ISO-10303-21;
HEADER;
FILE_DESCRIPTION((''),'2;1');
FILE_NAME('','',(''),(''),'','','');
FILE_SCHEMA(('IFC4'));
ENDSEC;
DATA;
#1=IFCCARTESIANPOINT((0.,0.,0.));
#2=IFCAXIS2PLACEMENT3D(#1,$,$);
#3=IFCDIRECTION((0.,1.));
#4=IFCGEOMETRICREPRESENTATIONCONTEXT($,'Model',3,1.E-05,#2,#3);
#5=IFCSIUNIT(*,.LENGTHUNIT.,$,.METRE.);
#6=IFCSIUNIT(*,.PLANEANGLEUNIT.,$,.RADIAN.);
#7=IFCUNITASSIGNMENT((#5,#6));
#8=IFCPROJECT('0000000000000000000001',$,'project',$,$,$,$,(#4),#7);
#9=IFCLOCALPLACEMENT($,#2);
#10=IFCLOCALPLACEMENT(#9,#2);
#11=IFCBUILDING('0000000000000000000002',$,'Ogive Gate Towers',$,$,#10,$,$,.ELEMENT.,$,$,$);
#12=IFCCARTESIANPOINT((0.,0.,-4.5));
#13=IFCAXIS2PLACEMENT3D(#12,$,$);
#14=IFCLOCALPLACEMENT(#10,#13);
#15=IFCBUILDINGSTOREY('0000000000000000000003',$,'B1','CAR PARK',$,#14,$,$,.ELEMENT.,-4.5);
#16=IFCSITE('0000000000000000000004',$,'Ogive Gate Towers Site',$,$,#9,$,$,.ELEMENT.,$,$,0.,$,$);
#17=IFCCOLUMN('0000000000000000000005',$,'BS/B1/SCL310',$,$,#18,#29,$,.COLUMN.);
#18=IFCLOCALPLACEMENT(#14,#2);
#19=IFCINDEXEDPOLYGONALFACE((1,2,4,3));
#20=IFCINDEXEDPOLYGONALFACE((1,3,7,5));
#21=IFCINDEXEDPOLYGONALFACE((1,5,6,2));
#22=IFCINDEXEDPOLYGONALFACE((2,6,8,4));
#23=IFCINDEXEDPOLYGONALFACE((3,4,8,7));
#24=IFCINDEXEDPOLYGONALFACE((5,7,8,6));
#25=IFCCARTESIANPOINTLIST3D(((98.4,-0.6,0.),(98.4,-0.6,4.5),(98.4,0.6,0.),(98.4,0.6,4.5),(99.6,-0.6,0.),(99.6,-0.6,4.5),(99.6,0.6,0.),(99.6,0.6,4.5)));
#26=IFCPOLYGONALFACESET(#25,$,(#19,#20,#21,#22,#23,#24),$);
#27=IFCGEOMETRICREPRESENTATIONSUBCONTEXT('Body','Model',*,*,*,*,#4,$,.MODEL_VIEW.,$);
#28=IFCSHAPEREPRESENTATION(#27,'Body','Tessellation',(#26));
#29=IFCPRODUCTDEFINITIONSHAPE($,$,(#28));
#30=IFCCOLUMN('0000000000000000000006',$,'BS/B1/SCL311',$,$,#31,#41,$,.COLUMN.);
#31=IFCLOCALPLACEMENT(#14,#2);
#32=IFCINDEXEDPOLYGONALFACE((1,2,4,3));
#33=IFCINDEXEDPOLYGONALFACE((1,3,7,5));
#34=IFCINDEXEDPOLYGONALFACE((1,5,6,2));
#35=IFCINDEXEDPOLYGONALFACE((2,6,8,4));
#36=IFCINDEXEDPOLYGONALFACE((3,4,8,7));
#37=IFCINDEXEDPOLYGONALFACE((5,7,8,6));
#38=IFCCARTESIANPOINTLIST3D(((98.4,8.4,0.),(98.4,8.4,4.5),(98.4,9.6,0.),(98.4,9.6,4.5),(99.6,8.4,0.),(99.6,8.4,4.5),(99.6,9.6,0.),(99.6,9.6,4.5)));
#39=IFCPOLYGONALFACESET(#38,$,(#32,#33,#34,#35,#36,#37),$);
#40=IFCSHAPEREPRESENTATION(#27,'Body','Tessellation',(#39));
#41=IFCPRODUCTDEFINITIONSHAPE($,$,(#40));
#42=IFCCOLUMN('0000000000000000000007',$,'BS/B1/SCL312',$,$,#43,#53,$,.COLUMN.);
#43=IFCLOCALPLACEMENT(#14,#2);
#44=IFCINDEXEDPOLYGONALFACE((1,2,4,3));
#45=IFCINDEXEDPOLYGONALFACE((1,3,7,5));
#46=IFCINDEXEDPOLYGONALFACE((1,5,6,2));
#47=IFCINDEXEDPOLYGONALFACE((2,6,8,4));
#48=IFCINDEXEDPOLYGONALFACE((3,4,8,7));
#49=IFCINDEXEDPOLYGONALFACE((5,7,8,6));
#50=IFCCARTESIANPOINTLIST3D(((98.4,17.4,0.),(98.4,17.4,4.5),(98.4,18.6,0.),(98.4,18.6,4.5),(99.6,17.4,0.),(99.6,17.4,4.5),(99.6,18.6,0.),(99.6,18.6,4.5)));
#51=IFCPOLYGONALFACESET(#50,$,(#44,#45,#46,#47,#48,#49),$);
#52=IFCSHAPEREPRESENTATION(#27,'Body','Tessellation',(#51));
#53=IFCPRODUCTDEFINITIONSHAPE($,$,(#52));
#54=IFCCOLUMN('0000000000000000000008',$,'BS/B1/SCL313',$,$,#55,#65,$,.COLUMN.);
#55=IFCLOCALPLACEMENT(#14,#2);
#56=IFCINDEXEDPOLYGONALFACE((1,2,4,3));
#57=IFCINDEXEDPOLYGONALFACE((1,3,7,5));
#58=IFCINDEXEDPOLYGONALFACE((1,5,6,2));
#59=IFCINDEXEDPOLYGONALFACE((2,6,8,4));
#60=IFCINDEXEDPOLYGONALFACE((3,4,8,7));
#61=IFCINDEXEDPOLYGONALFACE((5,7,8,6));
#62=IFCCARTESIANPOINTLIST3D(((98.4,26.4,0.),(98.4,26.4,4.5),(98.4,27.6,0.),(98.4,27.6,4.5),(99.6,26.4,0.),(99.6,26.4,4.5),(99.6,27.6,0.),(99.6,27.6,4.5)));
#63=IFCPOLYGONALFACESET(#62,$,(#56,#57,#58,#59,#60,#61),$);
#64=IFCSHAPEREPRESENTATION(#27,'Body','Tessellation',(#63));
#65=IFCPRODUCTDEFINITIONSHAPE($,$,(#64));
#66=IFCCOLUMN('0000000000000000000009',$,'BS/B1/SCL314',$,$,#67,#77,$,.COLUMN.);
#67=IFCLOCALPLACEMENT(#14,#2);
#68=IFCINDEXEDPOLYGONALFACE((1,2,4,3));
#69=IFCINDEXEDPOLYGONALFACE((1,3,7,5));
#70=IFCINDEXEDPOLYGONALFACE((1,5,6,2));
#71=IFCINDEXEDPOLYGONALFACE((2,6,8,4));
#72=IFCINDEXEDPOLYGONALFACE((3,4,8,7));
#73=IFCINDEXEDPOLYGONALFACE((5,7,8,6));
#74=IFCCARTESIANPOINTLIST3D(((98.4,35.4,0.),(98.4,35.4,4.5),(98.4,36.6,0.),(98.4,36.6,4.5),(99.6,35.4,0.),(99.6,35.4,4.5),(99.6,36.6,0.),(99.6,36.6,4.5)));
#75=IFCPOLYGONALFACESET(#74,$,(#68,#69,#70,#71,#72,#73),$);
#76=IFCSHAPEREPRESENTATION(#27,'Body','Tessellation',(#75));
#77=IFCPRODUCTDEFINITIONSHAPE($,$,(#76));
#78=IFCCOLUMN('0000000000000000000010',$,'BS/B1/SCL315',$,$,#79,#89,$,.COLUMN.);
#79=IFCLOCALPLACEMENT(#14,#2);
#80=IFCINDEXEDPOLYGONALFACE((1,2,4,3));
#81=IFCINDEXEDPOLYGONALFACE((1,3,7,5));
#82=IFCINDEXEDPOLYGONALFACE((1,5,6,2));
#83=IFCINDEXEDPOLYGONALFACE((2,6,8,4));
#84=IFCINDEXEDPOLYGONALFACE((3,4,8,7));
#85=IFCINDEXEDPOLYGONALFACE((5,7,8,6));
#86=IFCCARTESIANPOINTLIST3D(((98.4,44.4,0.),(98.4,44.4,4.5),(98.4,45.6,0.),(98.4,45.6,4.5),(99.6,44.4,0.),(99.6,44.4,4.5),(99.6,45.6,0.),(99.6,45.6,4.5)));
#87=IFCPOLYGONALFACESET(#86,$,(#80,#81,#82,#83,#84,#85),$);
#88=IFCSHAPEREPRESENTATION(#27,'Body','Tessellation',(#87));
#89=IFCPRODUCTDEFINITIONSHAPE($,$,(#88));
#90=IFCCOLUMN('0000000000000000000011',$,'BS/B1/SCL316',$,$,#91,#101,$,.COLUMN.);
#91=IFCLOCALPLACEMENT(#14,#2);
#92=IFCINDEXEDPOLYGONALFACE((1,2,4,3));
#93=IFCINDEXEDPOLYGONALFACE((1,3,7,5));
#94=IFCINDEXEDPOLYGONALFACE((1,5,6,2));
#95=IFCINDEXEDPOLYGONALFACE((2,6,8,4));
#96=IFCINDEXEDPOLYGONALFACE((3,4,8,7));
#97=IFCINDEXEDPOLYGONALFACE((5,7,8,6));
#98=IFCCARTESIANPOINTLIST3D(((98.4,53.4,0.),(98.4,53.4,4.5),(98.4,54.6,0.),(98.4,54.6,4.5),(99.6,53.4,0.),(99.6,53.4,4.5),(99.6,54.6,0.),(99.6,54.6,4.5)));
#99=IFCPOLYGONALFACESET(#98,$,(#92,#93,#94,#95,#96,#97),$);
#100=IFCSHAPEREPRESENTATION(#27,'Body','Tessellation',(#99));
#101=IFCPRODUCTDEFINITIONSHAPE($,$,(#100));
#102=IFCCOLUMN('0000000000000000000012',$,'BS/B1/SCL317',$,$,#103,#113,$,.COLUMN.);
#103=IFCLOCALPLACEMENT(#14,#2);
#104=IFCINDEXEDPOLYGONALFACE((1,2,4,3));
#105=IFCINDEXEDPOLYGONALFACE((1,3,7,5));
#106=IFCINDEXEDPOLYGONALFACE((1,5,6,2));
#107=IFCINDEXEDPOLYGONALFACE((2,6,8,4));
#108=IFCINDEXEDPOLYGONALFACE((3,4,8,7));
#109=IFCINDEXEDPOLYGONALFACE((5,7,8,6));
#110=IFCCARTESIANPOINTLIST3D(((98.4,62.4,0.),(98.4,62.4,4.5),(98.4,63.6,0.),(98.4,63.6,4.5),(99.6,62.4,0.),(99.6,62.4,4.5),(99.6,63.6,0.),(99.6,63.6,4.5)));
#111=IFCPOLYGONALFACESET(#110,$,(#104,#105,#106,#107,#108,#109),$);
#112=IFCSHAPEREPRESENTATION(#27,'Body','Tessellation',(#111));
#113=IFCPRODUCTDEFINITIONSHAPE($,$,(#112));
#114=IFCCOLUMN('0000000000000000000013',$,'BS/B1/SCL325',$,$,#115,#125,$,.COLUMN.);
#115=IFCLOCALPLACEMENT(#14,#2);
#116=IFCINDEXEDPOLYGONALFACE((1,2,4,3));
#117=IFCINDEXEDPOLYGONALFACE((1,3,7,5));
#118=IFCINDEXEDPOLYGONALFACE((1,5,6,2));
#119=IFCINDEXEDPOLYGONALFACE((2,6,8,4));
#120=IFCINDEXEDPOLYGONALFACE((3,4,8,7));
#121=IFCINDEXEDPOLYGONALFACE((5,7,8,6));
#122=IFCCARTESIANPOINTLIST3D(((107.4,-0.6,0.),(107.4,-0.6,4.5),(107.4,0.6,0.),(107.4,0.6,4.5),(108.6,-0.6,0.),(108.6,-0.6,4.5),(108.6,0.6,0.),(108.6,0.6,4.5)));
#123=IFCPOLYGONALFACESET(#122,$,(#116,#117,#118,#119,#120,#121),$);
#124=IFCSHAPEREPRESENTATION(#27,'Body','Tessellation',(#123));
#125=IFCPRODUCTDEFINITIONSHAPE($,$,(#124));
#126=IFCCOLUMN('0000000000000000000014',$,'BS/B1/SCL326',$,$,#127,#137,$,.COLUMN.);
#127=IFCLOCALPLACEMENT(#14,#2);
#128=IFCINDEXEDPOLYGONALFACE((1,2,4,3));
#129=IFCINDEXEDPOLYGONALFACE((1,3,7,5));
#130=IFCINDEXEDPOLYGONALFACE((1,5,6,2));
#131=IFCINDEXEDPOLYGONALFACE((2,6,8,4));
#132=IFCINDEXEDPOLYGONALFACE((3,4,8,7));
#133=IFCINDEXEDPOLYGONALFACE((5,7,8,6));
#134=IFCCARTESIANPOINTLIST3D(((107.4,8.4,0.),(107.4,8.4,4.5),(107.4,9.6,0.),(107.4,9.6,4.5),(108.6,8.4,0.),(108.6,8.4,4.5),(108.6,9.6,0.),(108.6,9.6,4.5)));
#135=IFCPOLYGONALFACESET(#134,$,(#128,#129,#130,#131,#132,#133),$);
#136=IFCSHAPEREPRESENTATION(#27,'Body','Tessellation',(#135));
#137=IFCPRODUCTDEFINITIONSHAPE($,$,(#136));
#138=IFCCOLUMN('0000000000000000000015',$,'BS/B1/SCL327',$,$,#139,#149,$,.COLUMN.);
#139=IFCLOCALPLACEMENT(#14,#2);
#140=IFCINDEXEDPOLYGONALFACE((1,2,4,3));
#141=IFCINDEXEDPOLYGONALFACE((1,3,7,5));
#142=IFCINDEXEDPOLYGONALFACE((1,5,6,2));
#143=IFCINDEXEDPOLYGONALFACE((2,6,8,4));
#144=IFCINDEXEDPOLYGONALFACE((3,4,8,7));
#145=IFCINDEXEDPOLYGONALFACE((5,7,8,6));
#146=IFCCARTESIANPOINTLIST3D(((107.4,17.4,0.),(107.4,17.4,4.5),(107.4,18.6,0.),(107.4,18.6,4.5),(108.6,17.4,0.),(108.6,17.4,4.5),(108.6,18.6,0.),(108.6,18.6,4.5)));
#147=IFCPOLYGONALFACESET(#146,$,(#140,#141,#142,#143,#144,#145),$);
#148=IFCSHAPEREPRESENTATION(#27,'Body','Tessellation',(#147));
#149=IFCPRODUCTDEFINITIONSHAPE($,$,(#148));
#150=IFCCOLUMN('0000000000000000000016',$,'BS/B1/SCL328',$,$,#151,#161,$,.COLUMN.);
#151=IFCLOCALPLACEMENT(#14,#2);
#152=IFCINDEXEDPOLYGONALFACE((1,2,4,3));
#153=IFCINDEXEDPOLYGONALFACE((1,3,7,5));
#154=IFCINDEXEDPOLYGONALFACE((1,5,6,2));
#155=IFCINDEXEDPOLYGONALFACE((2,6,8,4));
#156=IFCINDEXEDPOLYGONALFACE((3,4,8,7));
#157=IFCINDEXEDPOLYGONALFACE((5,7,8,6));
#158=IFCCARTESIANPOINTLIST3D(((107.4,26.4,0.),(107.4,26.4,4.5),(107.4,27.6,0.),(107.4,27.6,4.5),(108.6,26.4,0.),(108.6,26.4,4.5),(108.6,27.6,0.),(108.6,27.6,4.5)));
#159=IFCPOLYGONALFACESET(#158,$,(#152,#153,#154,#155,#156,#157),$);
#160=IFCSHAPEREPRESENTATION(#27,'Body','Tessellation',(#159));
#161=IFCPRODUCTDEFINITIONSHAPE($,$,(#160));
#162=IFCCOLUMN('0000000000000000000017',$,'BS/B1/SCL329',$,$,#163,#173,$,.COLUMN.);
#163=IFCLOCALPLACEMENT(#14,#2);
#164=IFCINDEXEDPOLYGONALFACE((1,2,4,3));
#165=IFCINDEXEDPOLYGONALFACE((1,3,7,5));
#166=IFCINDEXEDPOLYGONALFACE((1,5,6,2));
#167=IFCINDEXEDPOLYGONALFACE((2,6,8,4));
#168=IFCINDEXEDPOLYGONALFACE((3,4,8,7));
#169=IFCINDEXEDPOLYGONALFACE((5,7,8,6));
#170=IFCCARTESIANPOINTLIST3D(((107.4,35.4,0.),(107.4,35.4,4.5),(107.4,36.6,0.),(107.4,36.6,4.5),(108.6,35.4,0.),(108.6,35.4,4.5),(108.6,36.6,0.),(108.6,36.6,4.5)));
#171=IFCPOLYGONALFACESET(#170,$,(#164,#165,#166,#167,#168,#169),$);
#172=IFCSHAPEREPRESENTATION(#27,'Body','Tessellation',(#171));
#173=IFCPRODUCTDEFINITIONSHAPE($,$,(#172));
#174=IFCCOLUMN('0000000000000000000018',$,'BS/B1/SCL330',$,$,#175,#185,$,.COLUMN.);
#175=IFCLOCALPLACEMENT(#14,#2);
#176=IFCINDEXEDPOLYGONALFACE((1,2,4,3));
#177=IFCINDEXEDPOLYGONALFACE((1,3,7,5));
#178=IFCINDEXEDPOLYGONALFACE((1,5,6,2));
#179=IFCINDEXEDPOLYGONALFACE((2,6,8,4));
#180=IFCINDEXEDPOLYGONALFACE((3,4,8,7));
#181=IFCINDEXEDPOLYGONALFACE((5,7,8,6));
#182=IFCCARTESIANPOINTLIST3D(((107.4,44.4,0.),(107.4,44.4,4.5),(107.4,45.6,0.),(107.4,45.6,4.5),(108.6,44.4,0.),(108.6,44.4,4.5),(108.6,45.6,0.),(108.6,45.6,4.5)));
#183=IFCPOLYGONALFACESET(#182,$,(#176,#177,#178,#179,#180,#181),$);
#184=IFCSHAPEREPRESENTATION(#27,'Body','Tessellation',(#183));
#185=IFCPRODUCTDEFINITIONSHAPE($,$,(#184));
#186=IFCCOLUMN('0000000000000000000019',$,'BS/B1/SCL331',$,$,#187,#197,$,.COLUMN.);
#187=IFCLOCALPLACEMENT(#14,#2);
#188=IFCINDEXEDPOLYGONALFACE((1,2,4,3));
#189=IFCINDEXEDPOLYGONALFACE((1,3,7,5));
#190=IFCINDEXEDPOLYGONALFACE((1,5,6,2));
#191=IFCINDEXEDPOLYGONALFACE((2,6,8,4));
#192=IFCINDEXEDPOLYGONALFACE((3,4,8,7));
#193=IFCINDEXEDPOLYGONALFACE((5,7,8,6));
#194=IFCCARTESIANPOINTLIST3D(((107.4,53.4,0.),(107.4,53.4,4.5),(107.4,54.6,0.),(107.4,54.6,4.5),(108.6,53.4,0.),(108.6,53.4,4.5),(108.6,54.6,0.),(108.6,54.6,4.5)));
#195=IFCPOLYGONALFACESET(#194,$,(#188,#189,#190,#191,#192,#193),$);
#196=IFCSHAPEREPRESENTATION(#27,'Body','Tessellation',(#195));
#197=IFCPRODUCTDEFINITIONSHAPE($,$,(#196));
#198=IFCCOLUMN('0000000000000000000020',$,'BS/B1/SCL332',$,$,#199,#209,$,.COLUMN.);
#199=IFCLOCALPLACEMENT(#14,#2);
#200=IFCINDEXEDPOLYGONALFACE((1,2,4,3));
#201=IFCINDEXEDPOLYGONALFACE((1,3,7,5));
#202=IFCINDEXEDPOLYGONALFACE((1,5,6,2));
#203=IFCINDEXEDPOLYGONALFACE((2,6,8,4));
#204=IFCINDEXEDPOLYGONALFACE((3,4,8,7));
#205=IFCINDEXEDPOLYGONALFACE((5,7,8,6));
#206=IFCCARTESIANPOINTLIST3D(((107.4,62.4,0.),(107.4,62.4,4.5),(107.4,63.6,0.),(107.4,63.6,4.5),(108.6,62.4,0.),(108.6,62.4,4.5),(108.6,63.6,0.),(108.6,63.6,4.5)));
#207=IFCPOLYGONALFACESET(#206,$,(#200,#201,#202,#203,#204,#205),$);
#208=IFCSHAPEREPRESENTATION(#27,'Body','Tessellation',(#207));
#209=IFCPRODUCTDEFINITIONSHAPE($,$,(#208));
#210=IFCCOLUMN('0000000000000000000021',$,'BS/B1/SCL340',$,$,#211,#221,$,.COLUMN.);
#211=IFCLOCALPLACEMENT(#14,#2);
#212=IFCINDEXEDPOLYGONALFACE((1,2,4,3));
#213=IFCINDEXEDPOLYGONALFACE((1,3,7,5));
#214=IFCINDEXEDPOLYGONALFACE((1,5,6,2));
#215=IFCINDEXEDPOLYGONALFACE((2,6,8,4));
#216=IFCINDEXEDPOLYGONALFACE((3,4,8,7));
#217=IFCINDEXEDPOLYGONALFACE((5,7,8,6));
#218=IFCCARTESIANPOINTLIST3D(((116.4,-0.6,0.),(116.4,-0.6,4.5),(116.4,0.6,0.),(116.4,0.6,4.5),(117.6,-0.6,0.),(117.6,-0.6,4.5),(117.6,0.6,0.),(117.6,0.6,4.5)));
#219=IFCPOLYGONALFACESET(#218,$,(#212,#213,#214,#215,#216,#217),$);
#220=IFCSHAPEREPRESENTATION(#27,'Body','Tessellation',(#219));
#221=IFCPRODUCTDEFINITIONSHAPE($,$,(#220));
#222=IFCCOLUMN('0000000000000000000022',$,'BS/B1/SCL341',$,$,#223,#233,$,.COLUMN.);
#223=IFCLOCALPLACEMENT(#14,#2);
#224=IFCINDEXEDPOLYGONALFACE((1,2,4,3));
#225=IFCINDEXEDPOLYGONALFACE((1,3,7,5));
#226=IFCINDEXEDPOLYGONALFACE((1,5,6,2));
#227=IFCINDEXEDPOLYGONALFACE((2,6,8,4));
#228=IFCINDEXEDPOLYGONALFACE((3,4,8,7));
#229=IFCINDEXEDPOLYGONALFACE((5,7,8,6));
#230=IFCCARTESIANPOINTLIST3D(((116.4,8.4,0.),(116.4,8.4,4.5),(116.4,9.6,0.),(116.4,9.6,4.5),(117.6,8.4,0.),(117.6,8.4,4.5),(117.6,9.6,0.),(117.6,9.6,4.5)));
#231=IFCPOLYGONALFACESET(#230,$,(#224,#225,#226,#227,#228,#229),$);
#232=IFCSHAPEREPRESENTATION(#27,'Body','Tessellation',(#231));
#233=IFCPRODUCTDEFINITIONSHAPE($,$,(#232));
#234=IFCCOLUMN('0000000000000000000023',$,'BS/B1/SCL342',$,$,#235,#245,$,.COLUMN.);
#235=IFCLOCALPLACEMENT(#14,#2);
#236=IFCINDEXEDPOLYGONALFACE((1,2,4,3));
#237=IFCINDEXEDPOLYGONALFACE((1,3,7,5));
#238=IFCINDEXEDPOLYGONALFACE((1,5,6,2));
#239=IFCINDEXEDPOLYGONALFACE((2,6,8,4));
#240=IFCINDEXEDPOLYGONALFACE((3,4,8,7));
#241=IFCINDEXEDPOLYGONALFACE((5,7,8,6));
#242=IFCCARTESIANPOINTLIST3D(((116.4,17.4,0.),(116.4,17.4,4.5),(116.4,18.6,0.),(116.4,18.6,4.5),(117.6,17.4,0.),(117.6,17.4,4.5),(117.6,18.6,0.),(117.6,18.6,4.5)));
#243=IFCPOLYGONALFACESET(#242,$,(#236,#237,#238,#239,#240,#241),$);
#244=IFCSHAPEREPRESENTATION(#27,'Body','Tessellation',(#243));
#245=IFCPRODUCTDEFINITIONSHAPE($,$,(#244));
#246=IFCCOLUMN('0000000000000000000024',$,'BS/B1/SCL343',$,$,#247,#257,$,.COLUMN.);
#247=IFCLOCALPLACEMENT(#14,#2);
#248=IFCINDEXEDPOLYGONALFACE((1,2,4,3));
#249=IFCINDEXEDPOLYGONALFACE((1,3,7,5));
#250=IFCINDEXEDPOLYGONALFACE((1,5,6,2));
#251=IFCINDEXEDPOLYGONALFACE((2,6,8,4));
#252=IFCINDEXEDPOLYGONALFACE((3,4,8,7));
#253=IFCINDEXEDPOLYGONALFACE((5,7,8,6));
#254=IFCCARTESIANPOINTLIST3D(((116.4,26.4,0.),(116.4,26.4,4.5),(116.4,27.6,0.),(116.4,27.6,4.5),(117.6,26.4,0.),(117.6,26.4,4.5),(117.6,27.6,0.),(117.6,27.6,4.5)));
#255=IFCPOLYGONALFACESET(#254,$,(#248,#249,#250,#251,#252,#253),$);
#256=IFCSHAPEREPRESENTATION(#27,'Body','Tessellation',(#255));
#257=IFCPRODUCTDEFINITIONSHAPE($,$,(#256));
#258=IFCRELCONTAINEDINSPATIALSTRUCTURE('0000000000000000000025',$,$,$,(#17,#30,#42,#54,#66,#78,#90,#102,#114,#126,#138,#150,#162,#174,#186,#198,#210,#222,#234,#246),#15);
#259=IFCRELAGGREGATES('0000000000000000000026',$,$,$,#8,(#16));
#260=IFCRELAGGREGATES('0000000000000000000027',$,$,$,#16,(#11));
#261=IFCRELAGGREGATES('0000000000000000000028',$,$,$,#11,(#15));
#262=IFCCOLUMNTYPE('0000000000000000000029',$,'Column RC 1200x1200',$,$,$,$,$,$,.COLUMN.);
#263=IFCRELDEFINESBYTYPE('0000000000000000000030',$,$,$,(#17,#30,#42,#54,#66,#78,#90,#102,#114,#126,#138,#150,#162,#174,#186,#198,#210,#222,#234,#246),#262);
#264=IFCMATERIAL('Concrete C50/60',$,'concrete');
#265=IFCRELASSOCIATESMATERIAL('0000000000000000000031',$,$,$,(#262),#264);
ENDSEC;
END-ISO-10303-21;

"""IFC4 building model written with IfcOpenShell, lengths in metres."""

from ifc_helpers import new_model, si_unit, direction, frame, origin, origin_2d, place, context, subcontext, project, spatial, rectangle, extrude, material, material_profile, profile_set, type_object, element, save


model = new_model("IFC4")

# Units and contexts
model_context = context("Model", 3, precision=1e-05, world=origin(), true_north=direction((0.0, 1.0)))
body_context = subcontext(model_context, "Body", "Model", "MODEL_VIEW")
ifc_project = project(units=[si_unit("LENGTHUNIT", "METRE"), si_unit("PLANEANGLEUNIT", "RADIAN")], contexts=[model_context])

# Site, building, storey
site_placement = place(None, origin())
site = spatial("IfcSite", under=ifc_project, at=site_placement, Name="Ogive Gate Towers Site", CompositionType="ELEMENT", RefElevation=0.0)
building_placement = place(site_placement, origin())
building = spatial("IfcBuilding", under=site, at=building_placement, Name="Ogive Gate Towers", CompositionType="ELEMENT")
storey_placement = place(building_placement, frame((0.0, 0.0, -4.5)))
storey = spatial("IfcBuildingStorey", under=building, at=storey_placement, Name="B1", Description="CAR PARK", CompositionType="ELEMENT", Elevation=-4.5)

# Columns
ifc_material_1 = material(Name="Concrete C50/60", Category="concrete")
ifc_material_profile = material_profile(ifc_material_1, rectangle(XDim=1.2, YDim=1.2, at=origin_2d()), Name="RC 1200x1200")
ifc_profile_set = profile_set([ifc_material_profile], Name="Concrete C50/60")
column_type = type_object("IfcColumnType", Name="Column RC 1200x1200", PredefinedType="COLUMN", material=ifc_profile_set)
for number, where, z_axis, x_axis, name in (
    (1, (99.0, 0.0, 0.0), (0.0, 0.0, 1.0), (1.0, 0.0, 0.0), "BS/B1/SCL310"),
    (2, (99.0, 9.0, 0.0), (0.0, 0.0, 1.0), (1.0, 0.0, 0.0), "BS/B1/SCL311"),
    (3, (99.0, 18.0, 0.0), (0.0, 0.0, 1.0), (1.0, 0.0, 0.0), "BS/B1/SCL312"),
    (4, (99.0, 27.0, 0.0), (0.0, 0.0, 1.0), (1.0, 0.0, 0.0), "BS/B1/SCL313"),
    (5, (99.0, 36.0, 0.0), (0.0, 0.0, 1.0), (1.0, 0.0, 0.0), "BS/B1/SCL314"),
    (6, (99.0, 45.0, 0.0), (0.0, 0.0, 1.0), (1.0, 0.0, 0.0), "BS/B1/SCL315"),
    (7, (99.0, 54.0, 0.0), (0.0, 0.0, 1.0), (1.0, 0.0, 0.0), "BS/B1/SCL316"),
    (8, (99.0, 63.0, 0.0), (0.0, 0.0, 1.0), (1.0, 0.0, 0.0), "BS/B1/SCL317"),
    (9, (108.0, 0.0, 0.0), (0.0, 0.0, 1.0), (1.0, 0.0, 0.0), "BS/B1/SCL325"),
    (10, (108.0, 9.0, 0.0), (0.0, 0.0, 1.0), (1.0, 0.0, 0.0), "BS/B1/SCL326"),
    (11, (108.0, 18.0, 0.0), (0.0, 0.0, 1.0), (1.0, 0.0, 0.0), "BS/B1/SCL327"),
    (12, (108.0, 27.0, 0.0), (0.0, 0.0, 1.0), (1.0, 0.0, 0.0), "BS/B1/SCL328"),
    (13, (108.0, 36.0, 0.0), (0.0, 0.0, 1.0), (1.0, 0.0, 0.0), "BS/B1/SCL329"),
    (14, (108.0, 45.0, 0.0), (0.0, 0.0, 1.0), (1.0, 0.0, 0.0), "BS/B1/SCL330"),
    (15, (108.0, 54.0, 0.0), (0.0, 0.0, 1.0), (1.0, 0.0, 0.0), "BS/B1/SCL331"),
    (16, (108.0, 63.0, 0.0), (0.0, 0.0, 1.0), (1.0, 0.0, 0.0), "BS/B1/SCL332"),
    (17, (117.0, 0.0, 0.0), (0.0, 0.0, 1.0), (1.0, 0.0, 0.0), "BS/B1/SCL340"),
    (18, (117.0, 9.0, 0.0), (0.0, 0.0, 1.0), (1.0, 0.0, 0.0), "BS/B1/SCL341"),
    (19, (117.0, 18.0, 0.0), (0.0, 0.0, 1.0), (1.0, 0.0, 0.0), "BS/B1/SCL342"),
    (20, (117.0, 27.0, 0.0), (0.0, 0.0, 1.0), (1.0, 0.0, 0.0), "BS/B1/SCL343"),
):
    element("IfcColumn", number, at=place(storey_placement, frame(where, z_axis=z_axis, x_axis=x_axis)), inside=storey, type_object=column_type, Name=name, PredefinedType="COLUMN", context=body_context, shape_type="SweptSolid", body=[
        extrude(rectangle(XDim=1.2, YDim=1.2, at=origin_2d()), origin(), (0.0, 0.0, 1.0), 4.5),
    ])

save(model, "model.ifc")
